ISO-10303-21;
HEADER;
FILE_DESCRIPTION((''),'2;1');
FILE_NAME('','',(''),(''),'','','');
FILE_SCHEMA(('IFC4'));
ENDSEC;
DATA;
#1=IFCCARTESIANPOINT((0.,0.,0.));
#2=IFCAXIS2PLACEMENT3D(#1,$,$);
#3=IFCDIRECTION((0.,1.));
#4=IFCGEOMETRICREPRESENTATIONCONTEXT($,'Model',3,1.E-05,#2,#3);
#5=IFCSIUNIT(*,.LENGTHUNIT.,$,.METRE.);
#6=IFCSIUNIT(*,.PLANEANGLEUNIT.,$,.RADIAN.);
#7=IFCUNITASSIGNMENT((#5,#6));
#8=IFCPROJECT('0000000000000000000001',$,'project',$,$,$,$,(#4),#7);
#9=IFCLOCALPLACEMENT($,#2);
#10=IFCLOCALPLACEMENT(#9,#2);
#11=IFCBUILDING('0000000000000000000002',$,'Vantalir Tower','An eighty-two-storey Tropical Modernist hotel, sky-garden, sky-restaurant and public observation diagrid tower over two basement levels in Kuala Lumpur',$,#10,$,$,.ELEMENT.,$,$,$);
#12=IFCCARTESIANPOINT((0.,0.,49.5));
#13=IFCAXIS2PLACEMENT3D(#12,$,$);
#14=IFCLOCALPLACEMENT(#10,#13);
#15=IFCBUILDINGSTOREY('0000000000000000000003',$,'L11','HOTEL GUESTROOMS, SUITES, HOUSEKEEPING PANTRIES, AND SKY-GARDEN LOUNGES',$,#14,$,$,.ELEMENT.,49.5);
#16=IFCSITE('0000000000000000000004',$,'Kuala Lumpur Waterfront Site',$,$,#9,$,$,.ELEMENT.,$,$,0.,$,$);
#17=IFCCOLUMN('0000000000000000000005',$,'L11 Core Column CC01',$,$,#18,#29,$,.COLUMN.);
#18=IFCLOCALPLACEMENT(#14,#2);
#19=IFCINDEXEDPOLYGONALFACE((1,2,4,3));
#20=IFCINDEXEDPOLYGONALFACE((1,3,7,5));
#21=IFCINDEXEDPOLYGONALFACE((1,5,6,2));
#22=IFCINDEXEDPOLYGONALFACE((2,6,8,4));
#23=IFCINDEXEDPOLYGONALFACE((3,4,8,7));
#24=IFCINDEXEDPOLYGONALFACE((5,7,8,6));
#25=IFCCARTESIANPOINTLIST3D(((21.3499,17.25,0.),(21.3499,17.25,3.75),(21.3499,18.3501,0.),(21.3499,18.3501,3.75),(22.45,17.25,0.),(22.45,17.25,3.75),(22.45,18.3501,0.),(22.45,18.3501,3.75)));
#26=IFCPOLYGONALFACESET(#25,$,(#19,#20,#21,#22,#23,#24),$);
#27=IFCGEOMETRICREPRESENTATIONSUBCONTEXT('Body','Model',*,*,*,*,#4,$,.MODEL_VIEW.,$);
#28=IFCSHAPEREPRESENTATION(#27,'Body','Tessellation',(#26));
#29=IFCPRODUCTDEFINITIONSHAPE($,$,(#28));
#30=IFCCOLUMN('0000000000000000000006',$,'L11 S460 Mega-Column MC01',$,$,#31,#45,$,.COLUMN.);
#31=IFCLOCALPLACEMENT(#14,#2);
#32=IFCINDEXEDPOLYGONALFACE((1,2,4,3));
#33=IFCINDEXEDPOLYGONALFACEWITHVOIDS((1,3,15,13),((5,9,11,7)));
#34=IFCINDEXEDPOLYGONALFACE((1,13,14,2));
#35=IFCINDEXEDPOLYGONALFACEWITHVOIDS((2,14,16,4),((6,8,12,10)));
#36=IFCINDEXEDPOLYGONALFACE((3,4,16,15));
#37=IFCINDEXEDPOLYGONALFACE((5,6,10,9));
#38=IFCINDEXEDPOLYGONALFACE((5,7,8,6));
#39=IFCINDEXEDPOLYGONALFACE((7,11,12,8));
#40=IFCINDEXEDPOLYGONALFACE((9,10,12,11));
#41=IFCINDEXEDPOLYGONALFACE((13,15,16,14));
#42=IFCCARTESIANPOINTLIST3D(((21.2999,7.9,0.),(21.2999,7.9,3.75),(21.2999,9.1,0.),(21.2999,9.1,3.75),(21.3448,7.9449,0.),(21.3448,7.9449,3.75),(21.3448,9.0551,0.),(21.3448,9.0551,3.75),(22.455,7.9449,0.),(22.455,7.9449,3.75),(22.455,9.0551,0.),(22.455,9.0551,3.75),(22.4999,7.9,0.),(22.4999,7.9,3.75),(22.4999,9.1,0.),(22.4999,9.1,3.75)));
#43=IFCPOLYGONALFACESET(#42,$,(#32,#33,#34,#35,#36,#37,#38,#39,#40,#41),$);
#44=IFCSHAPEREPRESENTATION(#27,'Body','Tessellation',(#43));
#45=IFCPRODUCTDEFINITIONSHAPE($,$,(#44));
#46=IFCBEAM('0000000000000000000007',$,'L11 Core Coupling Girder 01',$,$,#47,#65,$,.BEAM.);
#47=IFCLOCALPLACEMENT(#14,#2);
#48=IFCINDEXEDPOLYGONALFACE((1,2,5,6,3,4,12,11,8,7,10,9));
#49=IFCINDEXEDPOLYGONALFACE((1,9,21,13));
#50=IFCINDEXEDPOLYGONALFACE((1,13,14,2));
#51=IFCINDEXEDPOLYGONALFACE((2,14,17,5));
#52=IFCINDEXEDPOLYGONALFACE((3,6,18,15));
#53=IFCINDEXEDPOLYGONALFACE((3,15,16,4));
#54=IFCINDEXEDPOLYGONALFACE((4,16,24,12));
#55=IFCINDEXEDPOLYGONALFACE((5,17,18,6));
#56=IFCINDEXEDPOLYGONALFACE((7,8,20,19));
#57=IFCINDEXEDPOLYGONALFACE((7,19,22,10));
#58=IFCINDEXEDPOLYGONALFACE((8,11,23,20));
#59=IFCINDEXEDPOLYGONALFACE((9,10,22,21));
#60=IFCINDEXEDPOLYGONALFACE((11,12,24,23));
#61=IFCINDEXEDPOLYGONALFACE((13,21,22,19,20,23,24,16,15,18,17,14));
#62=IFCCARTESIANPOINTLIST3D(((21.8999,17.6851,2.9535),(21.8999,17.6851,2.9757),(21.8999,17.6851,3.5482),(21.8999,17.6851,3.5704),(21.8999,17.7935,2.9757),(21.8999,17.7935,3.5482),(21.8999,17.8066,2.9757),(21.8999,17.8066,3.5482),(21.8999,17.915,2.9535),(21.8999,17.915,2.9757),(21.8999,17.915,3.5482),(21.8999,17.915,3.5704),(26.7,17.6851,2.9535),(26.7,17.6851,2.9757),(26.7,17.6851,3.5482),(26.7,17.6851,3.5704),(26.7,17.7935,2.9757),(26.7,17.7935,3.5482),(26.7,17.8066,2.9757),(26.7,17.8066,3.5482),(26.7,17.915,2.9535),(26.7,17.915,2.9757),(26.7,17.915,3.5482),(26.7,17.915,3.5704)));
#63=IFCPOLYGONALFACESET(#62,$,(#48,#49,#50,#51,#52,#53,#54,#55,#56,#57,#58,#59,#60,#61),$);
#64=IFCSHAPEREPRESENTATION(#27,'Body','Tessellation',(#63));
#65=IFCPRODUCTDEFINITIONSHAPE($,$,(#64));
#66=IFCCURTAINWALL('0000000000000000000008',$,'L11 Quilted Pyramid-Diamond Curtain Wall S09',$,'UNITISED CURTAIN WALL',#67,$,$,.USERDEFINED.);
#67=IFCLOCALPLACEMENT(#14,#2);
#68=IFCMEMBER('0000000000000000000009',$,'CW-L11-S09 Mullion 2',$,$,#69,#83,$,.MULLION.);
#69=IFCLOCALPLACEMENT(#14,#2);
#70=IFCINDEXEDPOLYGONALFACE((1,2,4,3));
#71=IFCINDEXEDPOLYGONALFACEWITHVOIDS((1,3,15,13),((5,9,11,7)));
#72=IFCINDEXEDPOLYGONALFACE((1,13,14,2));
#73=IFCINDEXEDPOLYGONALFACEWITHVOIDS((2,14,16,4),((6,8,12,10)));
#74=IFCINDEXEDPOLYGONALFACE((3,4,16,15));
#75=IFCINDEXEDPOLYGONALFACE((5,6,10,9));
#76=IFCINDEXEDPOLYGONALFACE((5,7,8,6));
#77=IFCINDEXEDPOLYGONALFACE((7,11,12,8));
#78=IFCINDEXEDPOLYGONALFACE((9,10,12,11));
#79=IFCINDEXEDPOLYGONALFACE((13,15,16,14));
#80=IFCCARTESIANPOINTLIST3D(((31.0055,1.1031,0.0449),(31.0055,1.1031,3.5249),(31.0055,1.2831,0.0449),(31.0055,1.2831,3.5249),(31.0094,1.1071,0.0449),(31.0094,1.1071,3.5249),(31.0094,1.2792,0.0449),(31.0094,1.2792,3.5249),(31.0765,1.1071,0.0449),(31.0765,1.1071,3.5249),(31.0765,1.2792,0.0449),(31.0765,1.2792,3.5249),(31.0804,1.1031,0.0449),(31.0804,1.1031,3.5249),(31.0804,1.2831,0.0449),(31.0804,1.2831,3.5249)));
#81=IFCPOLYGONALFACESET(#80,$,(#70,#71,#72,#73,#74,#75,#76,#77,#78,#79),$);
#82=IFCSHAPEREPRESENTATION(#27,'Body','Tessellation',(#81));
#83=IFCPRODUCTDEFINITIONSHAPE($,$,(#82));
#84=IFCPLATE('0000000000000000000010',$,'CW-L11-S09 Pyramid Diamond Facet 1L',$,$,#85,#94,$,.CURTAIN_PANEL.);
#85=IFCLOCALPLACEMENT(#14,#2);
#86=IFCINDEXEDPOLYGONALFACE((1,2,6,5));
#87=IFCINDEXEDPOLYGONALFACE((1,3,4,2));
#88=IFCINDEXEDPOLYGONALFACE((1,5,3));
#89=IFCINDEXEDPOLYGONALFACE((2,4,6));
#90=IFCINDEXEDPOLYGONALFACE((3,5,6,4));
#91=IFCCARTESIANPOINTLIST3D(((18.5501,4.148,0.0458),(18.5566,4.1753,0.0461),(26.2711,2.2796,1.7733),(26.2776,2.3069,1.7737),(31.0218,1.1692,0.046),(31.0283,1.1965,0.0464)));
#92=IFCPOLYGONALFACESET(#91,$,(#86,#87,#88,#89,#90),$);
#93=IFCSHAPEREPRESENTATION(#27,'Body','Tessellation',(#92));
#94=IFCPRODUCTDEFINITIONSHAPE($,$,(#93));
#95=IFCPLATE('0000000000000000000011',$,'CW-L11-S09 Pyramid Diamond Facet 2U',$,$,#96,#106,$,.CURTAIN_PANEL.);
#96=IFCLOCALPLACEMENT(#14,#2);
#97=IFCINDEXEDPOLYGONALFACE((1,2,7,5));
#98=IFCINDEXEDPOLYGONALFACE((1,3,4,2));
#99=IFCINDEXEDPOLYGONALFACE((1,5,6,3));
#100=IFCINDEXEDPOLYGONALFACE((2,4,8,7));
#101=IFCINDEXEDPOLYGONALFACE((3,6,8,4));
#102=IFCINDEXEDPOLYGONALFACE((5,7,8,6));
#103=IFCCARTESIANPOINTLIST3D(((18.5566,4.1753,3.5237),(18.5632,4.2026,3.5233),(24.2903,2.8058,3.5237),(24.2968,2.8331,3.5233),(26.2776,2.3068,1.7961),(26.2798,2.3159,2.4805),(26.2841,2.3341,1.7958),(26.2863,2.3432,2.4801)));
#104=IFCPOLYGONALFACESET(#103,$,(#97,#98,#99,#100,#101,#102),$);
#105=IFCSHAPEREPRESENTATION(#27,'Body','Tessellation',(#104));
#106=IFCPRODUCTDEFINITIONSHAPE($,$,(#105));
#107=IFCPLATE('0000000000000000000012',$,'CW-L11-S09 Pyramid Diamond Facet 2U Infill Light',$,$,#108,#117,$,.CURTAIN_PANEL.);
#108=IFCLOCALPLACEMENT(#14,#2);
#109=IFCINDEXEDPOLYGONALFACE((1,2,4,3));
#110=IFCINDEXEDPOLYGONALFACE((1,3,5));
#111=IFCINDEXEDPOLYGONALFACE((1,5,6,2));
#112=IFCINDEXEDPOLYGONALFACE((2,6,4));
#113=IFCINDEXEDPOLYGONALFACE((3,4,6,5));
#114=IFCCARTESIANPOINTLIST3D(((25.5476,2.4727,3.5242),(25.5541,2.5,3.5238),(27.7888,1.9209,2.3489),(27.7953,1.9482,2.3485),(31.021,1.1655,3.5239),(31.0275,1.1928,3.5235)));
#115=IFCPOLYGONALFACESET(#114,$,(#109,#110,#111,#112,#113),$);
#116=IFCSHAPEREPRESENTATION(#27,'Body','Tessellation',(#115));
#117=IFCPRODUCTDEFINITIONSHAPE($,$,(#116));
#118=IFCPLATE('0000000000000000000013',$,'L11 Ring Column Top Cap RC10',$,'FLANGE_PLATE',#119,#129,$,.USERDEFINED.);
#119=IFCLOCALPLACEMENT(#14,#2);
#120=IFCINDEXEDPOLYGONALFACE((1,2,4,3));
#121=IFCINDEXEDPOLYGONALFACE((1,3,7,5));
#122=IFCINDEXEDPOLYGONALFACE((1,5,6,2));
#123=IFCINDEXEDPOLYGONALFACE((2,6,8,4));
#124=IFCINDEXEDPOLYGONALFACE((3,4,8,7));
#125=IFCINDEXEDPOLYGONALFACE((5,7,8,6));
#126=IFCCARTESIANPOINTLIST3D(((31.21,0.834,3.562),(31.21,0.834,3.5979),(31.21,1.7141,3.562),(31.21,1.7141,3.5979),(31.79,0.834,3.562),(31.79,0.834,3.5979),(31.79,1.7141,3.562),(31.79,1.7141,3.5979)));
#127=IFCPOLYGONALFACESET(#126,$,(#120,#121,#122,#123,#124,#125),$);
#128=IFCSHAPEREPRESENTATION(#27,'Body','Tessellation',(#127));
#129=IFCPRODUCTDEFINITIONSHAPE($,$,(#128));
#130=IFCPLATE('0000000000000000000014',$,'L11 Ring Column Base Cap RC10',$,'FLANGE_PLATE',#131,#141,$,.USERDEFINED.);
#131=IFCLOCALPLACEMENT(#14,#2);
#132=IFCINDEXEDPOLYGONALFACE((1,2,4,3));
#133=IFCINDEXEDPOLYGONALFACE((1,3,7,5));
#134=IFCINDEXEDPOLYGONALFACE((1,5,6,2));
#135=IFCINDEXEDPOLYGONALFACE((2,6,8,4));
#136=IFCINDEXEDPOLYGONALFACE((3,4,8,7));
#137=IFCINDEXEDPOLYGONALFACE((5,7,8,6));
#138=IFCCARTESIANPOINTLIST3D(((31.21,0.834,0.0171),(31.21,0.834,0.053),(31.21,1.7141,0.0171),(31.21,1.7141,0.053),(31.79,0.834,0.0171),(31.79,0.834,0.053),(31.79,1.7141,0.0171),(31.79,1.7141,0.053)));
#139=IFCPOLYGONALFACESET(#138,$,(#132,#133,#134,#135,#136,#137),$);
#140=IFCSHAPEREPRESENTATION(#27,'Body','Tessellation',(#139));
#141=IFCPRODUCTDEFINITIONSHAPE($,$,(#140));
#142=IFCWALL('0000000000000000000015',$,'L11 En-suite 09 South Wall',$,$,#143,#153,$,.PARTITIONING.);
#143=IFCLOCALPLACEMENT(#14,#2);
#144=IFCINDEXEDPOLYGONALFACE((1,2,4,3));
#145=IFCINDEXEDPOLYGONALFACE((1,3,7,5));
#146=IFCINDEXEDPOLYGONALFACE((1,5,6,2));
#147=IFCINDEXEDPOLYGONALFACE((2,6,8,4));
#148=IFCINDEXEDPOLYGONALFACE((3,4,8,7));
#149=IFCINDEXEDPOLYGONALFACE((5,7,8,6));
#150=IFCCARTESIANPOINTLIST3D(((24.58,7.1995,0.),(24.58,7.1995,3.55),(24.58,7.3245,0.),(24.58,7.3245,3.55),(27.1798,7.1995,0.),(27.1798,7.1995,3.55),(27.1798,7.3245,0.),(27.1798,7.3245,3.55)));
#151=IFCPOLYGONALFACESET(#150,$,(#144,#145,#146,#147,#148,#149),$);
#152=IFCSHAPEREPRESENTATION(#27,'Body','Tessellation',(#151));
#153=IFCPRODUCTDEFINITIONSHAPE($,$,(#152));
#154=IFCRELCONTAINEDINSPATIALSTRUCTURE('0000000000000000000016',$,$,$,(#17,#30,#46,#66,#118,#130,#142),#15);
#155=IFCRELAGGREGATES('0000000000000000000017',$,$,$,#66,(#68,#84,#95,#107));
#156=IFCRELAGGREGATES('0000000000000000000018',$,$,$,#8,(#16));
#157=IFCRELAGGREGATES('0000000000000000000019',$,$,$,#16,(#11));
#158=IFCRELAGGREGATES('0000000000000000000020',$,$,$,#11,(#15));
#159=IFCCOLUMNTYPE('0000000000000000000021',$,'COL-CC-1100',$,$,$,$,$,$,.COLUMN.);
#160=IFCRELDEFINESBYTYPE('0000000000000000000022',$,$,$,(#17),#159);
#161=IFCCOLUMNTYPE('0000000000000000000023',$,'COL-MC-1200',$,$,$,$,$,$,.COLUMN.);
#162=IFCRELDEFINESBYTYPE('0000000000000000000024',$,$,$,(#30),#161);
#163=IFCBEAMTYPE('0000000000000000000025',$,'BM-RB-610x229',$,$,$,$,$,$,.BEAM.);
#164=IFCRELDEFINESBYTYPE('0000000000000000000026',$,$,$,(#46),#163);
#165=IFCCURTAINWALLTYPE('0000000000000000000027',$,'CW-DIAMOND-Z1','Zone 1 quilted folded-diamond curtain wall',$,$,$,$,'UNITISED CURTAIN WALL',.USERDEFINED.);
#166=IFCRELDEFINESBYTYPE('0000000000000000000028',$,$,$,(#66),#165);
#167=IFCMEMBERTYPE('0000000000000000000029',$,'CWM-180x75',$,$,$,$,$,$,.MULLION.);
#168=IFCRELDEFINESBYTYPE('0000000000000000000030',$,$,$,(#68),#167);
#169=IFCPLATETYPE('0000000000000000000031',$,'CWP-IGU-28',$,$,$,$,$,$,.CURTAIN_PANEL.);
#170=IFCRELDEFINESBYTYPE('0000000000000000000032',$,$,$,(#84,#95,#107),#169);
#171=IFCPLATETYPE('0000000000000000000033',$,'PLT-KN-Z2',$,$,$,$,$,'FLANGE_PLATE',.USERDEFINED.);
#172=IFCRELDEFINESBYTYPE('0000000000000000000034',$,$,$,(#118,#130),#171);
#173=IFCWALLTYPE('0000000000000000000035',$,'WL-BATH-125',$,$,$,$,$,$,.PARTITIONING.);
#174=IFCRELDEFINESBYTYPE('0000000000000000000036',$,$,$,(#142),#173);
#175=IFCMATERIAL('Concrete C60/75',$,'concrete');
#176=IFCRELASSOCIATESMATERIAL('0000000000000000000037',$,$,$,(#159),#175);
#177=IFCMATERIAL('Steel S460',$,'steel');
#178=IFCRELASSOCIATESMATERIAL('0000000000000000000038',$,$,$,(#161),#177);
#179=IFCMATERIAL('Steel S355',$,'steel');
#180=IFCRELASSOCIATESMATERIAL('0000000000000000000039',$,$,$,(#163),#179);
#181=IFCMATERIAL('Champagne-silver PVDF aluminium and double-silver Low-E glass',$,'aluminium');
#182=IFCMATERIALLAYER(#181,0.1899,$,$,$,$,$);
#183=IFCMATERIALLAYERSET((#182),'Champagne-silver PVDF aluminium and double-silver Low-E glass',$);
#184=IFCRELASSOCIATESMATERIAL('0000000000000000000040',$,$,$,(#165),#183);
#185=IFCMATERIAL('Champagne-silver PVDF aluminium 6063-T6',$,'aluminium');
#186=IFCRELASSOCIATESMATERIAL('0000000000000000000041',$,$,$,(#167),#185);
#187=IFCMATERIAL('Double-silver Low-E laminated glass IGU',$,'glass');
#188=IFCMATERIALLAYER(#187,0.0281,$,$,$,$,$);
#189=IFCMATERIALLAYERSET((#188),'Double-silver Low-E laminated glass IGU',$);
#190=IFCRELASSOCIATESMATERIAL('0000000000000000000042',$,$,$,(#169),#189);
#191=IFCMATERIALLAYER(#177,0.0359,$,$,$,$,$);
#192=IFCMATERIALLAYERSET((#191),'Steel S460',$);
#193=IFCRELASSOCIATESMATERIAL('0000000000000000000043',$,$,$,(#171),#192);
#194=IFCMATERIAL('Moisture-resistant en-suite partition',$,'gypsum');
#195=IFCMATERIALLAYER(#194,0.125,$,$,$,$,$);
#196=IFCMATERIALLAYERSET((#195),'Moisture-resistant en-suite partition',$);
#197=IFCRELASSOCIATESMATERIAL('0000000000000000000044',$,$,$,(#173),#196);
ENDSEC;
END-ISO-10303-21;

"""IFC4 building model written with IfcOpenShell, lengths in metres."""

from ifc_helpers import new_model, si_unit, direction, frame, frame_2d, origin, origin_2d, place, context, subcontext, project, spatial, polyline, rectangle, hollow_rectangle, i_section, outline, extrude, material, layer, layer_set, material_profile, profile_set, type_object, element, aggregate, save


model = new_model("IFC4")

# Units and contexts
model_context = context("Model", 3, precision=1e-05, world=origin(), true_north=direction((0.0, 1.0)))
body_context = subcontext(model_context, "Body", "Model", "MODEL_VIEW")
ifc_project = project(units=[si_unit("LENGTHUNIT", "METRE"), si_unit("PLANEANGLEUNIT", "RADIAN")], contexts=[model_context])

# Site, building, storey
site_placement = place(None, origin())
site = spatial("IfcSite", under=ifc_project, at=site_placement, Name="Kuala Lumpur Waterfront Site", CompositionType="ELEMENT", RefElevation=0.0)
building_placement = place(site_placement, origin())
building = spatial("IfcBuilding", under=site, at=building_placement, Name="Vantalir Tower", Description="An eighty-two-storey Tropical Modernist hotel, sky-garden, sky-restaurant and public observation diagrid tower over two basement levels in Kuala Lumpur", CompositionType="ELEMENT")
storey_placement = place(building_placement, frame((0.0, 0.0, 49.5)))
storey = spatial("IfcBuildingStorey", under=building, at=storey_placement, Name="L11", Description="HOTEL GUESTROOMS, SUITES, HOUSEKEEPING PANTRIES, AND SKY-GARDEN LOUNGES", CompositionType="ELEMENT", Elevation=49.5)

# Columns
ifc_material_1 = material(Name="Concrete C60/75", Category="concrete")
ifc_material_profile_1 = material_profile(ifc_material_1, rectangle(XDim=1.1001, YDim=1.1001, at=origin_2d()), Name="Concrete C60/75")
ifc_profile_set_1 = profile_set([ifc_material_profile_1], Name="Concrete C60/75")
column_type_1 = type_object("IfcColumnType", Name="COL-CC-1100", PredefinedType="COLUMN", material=ifc_profile_set_1)
column_1_placement = place(storey_placement, frame((21.8999, 17.8, 0.0), z_axis=(0.0, 0.0, 1.0), x_axis=(1.0, 0.0, 0.0)))
element("IfcColumn", 1, at=column_1_placement, inside=storey, type_object=column_type_1, Name="L11 Core Column CC01", PredefinedType="COLUMN", context=body_context, shape_type="SweptSolid", body=[
    extrude(rectangle(XDim=1.1001, YDim=1.1001, at=origin_2d()), origin(), (0.0, 0.0, 1.0), 3.75),
])
ifc_material_2 = material(Name="Steel S460", Category="steel")
ifc_material_profile_2 = material_profile(ifc_material_2, hollow_rectangle(XDim=1.2, YDim=1.2, WallThickness=0.0449, at=origin_2d()), Name="Steel S460")
ifc_profile_set_2 = profile_set([ifc_material_profile_2], Name="Steel S460")
column_type_2 = type_object("IfcColumnType", Name="COL-MC-1200", PredefinedType="COLUMN", material=ifc_profile_set_2)
column_2_placement = place(storey_placement, frame((21.8999, 8.5, 0.0), z_axis=(0.0, 0.0, 1.0), x_axis=(1.0, 0.0, 0.0)))
element("IfcColumn", 2, at=column_2_placement, inside=storey, type_object=column_type_2, Name="L11 S460 Mega-Column MC01", PredefinedType="COLUMN", context=body_context, shape_type="SweptSolid", body=[
    extrude(hollow_rectangle(XDim=1.2, YDim=1.2, WallThickness=0.0449, at=origin_2d()), origin(), (0.0, 0.0, 1.0), 3.75),
])

# Beam
ifc_material_3 = material(Name="Steel S355", Category="steel")
ifc_material_profile_3 = material_profile(ifc_material_3, i_section(OverallWidth=0.23, OverallDepth=0.6169, WebThickness=0.0132, FlangeThickness=0.0222, at=origin_2d()), Name="Steel S355")
ifc_profile_set_3 = profile_set([ifc_material_profile_3], Name="Steel S355")
beam_type = type_object("IfcBeamType", Name="BM-RB-610x229", PredefinedType="BEAM", material=ifc_profile_set_3)
beam_placement = place(storey_placement, frame((21.8999, 17.8, 3.262), z_axis=(1.0, 0.0, 0.0), x_axis=(0.0, 1.0, 0.0)))
element("IfcBeam", 3, at=beam_placement, inside=storey, type_object=beam_type, Name="L11 Core Coupling Girder 01", PredefinedType="BEAM", context=body_context, shape_type="SweptSolid", body=[
    extrude(i_section(OverallWidth=0.23, OverallDepth=0.6169, WebThickness=0.0132, FlangeThickness=0.0222, at=origin_2d()), origin(), (0.0, 0.0, 1.0), 4.8),
])

# Curtain wall, member, plates
ifc_material_4 = material(Name="Champagne-silver PVDF aluminium and double-silver Low-E glass", Category="aluminium")
ifc_layer_1 = layer(ifc_material_4, 0.1899)
ifc_layer_set_1 = layer_set([ifc_layer_1], Name="Champagne-silver PVDF aluminium and double-silver Low-E glass")
curtain_wall_type = type_object("IfcCurtainWallType", Name="CW-DIAMOND-Z1", Description="Zone 1 quilted folded-diamond curtain wall", ElementType="UNITISED CURTAIN WALL", PredefinedType="USERDEFINED", material=ifc_layer_set_1)
curtain_wall_placement = place(storey_placement, origin())
curtain_wall = element("IfcCurtainWall", 4, at=curtain_wall_placement, inside=storey, type_object=curtain_wall_type, Name="L11 Quilted Pyramid-Diamond Curtain Wall S09", ObjectType="UNITISED CURTAIN WALL", PredefinedType="USERDEFINED")
ifc_material_5 = material(Name="Champagne-silver PVDF aluminium 6063-T6", Category="aluminium")
ifc_material_profile_4 = material_profile(ifc_material_5, hollow_rectangle(XDim=0.075, YDim=0.1799, WallThickness=0.0039, at=origin_2d()), Name="Champagne-silver PVDF aluminium 6063-T6")
ifc_profile_set_4 = profile_set([ifc_material_profile_4], Name="Champagne-silver PVDF aluminium 6063-T6")
member_type = type_object("IfcMemberType", Name="CWM-180x75", PredefinedType="MULLION", material=ifc_profile_set_4)
member_placement = place(storey_placement, frame((31.043, 1.1931, 0.0449), z_axis=(0.0, 0.0, 1.0), x_axis=(1.0, 0.0, 0.0)))
member = element("IfcMember", 5, at=member_placement, type_object=member_type, Name="CW-L11-S09 Mullion 2", PredefinedType="MULLION", context=body_context, shape_type="SweptSolid", body=[
    extrude(hollow_rectangle(XDim=0.075, YDim=0.1799, WallThickness=0.0039, at=origin_2d()), origin(), (0.0, 0.0, 1.0), 3.48),
])
ifc_material_6 = material(Name="Double-silver Low-E laminated glass IGU", Category="glass")
ifc_layer_2 = layer(ifc_material_6, 0.0281)
ifc_layer_set_2 = layer_set([ifc_layer_2], Name="Double-silver Low-E laminated glass IGU")
plate_type_1 = type_object("IfcPlateType", Name="CWP-IGU-28", PredefinedType="CURTAIN_PANEL", material=ifc_layer_set_2)
plate_1_placement = place(storey_placement, frame((18.5566, 4.1753, 0.0461), z_axis=(0.232286, 0.972551, 0.013694), x_axis=(0.972642, -0.232308, 0.000019)))
plate_1 = element("IfcPlate", 6, at=plate_1_placement, type_object=plate_type_1, Name="CW-L11-S09 Pyramid Diamond Facet 1L", PredefinedType="CURTAIN_PANEL", context=body_context, shape_type="SweptSolid", body=[
    extrude(outline(polyline([(0.0, 0.0), (12.8225, 0.0), (7.9438, -1.7275), (0.0, 0.0)])), origin(), (0.0, 0.0, -1.0), 0.0281),
])
plate_2_placement = place(storey_placement, frame((18.5566, 4.1753, 3.5237), z_axis=(-0.232293, -0.972549, 0.013712), x_axis=(0.972641, -0.232314, 0.0)))
plate_2 = element("IfcPlate", 7, at=plate_2_placement, type_object=plate_type_1, Name="CW-L11-S09 Pyramid Diamond Facet 2U", PredefinedType="CURTAIN_PANEL", context=body_context, shape_type="SweptSolid", body=[
    extrude(outline(polyline([(0.0, 0.0), (5.8949, 0.0), (7.9438, -1.0433), (7.9438, -1.7277), (0.0, 0.0)])), origin(), (0.0, 0.0, -1.0), 0.0281),
])
plate_3_placement = place(storey_placement, frame((25.5476, 2.4727, 3.5242), z_axis=(-0.232261, -0.972557, 0.013673), x_axis=(0.972648, -0.232283, -0.000043)))
plate_3 = element("IfcPlate", 8, at=plate_3_placement, type_object=plate_type_1, Name="CW-L11-S09 Pyramid Diamond Facet 2U Infill Light", PredefinedType="CURTAIN_PANEL", context=body_context, shape_type="SweptSolid", body=[
    extrude(outline(polyline([(0.0, 0.0), (5.6273, 0.0), (2.3081, -1.1753), (0.0, 0.0)])), origin(), (0.0, 0.0, -1.0), 0.0281),
])
aggregate(curtain_wall, [member, plate_1, plate_2, plate_3])

# Plates
ifc_layer_3 = layer(ifc_material_2, 0.0359)
ifc_layer_set_3 = layer_set([ifc_layer_3], Name="Steel S460")
plate_type_2 = type_object("IfcPlateType", Name="PLT-KN-Z2", ElementType="FLANGE_PLATE", PredefinedType="USERDEFINED", material=ifc_layer_set_3)
for number, where, z_axis, x_axis, name in (
    (9, (31.21, 1.7141, 3.5979), (0.0, 0.0, 1.0), (0.0, -1.0, 0.0), "L11 Ring Column Top Cap RC10"),
    (10, (31.21, 1.7141, 0.053), (0.0, 0.0, 1.0), (0.0, -1.0, 0.0), "L11 Ring Column Base Cap RC10"),
):
    element("IfcPlate", number, at=place(storey_placement, frame(where, z_axis=z_axis, x_axis=x_axis)), inside=storey, type_object=plate_type_2, Name=name, ObjectType="FLANGE_PLATE", PredefinedType="USERDEFINED", context=body_context, shape_type="SweptSolid", body=[
        extrude(outline(polyline([(0.0, 0.0), (0.8801, 0.0), (0.8801, 0.5801), (0.0, 0.5801), (0.0, 0.0)])), origin(), (0.0, 0.0, -1.0), 0.0359),
    ])

# Wall
ifc_material_7 = material(Name="Moisture-resistant en-suite partition", Category="gypsum")
ifc_layer_4 = layer(ifc_material_7, 0.125)
ifc_layer_set_4 = layer_set([ifc_layer_4], Name="Moisture-resistant en-suite partition")
wall_type_1 = type_object("IfcWallType", Name="WL-BATH-125", PredefinedType="PARTITIONING", material=ifc_layer_set_4)
wall_1_placement = place(storey_placement, frame((24.5801, 7.262, 0.0), z_axis=(0.0, 0.0, 1.0), x_axis=(1.0, 0.0, 0.0)))
element("IfcWall", 11, at=wall_1_placement, inside=storey, type_object=wall_type_1, Name="L11 En-suite 09 South Wall", PredefinedType="PARTITIONING", context=body_context, shape_type="SweptSolid", body=[
    extrude(rectangle(XDim=2.5999, YDim=0.125, at=frame_2d((1.2998, 0.0))), origin(), (0.0, 0.0, 1.0), 3.55),
])

save(model, "model.ifc")
